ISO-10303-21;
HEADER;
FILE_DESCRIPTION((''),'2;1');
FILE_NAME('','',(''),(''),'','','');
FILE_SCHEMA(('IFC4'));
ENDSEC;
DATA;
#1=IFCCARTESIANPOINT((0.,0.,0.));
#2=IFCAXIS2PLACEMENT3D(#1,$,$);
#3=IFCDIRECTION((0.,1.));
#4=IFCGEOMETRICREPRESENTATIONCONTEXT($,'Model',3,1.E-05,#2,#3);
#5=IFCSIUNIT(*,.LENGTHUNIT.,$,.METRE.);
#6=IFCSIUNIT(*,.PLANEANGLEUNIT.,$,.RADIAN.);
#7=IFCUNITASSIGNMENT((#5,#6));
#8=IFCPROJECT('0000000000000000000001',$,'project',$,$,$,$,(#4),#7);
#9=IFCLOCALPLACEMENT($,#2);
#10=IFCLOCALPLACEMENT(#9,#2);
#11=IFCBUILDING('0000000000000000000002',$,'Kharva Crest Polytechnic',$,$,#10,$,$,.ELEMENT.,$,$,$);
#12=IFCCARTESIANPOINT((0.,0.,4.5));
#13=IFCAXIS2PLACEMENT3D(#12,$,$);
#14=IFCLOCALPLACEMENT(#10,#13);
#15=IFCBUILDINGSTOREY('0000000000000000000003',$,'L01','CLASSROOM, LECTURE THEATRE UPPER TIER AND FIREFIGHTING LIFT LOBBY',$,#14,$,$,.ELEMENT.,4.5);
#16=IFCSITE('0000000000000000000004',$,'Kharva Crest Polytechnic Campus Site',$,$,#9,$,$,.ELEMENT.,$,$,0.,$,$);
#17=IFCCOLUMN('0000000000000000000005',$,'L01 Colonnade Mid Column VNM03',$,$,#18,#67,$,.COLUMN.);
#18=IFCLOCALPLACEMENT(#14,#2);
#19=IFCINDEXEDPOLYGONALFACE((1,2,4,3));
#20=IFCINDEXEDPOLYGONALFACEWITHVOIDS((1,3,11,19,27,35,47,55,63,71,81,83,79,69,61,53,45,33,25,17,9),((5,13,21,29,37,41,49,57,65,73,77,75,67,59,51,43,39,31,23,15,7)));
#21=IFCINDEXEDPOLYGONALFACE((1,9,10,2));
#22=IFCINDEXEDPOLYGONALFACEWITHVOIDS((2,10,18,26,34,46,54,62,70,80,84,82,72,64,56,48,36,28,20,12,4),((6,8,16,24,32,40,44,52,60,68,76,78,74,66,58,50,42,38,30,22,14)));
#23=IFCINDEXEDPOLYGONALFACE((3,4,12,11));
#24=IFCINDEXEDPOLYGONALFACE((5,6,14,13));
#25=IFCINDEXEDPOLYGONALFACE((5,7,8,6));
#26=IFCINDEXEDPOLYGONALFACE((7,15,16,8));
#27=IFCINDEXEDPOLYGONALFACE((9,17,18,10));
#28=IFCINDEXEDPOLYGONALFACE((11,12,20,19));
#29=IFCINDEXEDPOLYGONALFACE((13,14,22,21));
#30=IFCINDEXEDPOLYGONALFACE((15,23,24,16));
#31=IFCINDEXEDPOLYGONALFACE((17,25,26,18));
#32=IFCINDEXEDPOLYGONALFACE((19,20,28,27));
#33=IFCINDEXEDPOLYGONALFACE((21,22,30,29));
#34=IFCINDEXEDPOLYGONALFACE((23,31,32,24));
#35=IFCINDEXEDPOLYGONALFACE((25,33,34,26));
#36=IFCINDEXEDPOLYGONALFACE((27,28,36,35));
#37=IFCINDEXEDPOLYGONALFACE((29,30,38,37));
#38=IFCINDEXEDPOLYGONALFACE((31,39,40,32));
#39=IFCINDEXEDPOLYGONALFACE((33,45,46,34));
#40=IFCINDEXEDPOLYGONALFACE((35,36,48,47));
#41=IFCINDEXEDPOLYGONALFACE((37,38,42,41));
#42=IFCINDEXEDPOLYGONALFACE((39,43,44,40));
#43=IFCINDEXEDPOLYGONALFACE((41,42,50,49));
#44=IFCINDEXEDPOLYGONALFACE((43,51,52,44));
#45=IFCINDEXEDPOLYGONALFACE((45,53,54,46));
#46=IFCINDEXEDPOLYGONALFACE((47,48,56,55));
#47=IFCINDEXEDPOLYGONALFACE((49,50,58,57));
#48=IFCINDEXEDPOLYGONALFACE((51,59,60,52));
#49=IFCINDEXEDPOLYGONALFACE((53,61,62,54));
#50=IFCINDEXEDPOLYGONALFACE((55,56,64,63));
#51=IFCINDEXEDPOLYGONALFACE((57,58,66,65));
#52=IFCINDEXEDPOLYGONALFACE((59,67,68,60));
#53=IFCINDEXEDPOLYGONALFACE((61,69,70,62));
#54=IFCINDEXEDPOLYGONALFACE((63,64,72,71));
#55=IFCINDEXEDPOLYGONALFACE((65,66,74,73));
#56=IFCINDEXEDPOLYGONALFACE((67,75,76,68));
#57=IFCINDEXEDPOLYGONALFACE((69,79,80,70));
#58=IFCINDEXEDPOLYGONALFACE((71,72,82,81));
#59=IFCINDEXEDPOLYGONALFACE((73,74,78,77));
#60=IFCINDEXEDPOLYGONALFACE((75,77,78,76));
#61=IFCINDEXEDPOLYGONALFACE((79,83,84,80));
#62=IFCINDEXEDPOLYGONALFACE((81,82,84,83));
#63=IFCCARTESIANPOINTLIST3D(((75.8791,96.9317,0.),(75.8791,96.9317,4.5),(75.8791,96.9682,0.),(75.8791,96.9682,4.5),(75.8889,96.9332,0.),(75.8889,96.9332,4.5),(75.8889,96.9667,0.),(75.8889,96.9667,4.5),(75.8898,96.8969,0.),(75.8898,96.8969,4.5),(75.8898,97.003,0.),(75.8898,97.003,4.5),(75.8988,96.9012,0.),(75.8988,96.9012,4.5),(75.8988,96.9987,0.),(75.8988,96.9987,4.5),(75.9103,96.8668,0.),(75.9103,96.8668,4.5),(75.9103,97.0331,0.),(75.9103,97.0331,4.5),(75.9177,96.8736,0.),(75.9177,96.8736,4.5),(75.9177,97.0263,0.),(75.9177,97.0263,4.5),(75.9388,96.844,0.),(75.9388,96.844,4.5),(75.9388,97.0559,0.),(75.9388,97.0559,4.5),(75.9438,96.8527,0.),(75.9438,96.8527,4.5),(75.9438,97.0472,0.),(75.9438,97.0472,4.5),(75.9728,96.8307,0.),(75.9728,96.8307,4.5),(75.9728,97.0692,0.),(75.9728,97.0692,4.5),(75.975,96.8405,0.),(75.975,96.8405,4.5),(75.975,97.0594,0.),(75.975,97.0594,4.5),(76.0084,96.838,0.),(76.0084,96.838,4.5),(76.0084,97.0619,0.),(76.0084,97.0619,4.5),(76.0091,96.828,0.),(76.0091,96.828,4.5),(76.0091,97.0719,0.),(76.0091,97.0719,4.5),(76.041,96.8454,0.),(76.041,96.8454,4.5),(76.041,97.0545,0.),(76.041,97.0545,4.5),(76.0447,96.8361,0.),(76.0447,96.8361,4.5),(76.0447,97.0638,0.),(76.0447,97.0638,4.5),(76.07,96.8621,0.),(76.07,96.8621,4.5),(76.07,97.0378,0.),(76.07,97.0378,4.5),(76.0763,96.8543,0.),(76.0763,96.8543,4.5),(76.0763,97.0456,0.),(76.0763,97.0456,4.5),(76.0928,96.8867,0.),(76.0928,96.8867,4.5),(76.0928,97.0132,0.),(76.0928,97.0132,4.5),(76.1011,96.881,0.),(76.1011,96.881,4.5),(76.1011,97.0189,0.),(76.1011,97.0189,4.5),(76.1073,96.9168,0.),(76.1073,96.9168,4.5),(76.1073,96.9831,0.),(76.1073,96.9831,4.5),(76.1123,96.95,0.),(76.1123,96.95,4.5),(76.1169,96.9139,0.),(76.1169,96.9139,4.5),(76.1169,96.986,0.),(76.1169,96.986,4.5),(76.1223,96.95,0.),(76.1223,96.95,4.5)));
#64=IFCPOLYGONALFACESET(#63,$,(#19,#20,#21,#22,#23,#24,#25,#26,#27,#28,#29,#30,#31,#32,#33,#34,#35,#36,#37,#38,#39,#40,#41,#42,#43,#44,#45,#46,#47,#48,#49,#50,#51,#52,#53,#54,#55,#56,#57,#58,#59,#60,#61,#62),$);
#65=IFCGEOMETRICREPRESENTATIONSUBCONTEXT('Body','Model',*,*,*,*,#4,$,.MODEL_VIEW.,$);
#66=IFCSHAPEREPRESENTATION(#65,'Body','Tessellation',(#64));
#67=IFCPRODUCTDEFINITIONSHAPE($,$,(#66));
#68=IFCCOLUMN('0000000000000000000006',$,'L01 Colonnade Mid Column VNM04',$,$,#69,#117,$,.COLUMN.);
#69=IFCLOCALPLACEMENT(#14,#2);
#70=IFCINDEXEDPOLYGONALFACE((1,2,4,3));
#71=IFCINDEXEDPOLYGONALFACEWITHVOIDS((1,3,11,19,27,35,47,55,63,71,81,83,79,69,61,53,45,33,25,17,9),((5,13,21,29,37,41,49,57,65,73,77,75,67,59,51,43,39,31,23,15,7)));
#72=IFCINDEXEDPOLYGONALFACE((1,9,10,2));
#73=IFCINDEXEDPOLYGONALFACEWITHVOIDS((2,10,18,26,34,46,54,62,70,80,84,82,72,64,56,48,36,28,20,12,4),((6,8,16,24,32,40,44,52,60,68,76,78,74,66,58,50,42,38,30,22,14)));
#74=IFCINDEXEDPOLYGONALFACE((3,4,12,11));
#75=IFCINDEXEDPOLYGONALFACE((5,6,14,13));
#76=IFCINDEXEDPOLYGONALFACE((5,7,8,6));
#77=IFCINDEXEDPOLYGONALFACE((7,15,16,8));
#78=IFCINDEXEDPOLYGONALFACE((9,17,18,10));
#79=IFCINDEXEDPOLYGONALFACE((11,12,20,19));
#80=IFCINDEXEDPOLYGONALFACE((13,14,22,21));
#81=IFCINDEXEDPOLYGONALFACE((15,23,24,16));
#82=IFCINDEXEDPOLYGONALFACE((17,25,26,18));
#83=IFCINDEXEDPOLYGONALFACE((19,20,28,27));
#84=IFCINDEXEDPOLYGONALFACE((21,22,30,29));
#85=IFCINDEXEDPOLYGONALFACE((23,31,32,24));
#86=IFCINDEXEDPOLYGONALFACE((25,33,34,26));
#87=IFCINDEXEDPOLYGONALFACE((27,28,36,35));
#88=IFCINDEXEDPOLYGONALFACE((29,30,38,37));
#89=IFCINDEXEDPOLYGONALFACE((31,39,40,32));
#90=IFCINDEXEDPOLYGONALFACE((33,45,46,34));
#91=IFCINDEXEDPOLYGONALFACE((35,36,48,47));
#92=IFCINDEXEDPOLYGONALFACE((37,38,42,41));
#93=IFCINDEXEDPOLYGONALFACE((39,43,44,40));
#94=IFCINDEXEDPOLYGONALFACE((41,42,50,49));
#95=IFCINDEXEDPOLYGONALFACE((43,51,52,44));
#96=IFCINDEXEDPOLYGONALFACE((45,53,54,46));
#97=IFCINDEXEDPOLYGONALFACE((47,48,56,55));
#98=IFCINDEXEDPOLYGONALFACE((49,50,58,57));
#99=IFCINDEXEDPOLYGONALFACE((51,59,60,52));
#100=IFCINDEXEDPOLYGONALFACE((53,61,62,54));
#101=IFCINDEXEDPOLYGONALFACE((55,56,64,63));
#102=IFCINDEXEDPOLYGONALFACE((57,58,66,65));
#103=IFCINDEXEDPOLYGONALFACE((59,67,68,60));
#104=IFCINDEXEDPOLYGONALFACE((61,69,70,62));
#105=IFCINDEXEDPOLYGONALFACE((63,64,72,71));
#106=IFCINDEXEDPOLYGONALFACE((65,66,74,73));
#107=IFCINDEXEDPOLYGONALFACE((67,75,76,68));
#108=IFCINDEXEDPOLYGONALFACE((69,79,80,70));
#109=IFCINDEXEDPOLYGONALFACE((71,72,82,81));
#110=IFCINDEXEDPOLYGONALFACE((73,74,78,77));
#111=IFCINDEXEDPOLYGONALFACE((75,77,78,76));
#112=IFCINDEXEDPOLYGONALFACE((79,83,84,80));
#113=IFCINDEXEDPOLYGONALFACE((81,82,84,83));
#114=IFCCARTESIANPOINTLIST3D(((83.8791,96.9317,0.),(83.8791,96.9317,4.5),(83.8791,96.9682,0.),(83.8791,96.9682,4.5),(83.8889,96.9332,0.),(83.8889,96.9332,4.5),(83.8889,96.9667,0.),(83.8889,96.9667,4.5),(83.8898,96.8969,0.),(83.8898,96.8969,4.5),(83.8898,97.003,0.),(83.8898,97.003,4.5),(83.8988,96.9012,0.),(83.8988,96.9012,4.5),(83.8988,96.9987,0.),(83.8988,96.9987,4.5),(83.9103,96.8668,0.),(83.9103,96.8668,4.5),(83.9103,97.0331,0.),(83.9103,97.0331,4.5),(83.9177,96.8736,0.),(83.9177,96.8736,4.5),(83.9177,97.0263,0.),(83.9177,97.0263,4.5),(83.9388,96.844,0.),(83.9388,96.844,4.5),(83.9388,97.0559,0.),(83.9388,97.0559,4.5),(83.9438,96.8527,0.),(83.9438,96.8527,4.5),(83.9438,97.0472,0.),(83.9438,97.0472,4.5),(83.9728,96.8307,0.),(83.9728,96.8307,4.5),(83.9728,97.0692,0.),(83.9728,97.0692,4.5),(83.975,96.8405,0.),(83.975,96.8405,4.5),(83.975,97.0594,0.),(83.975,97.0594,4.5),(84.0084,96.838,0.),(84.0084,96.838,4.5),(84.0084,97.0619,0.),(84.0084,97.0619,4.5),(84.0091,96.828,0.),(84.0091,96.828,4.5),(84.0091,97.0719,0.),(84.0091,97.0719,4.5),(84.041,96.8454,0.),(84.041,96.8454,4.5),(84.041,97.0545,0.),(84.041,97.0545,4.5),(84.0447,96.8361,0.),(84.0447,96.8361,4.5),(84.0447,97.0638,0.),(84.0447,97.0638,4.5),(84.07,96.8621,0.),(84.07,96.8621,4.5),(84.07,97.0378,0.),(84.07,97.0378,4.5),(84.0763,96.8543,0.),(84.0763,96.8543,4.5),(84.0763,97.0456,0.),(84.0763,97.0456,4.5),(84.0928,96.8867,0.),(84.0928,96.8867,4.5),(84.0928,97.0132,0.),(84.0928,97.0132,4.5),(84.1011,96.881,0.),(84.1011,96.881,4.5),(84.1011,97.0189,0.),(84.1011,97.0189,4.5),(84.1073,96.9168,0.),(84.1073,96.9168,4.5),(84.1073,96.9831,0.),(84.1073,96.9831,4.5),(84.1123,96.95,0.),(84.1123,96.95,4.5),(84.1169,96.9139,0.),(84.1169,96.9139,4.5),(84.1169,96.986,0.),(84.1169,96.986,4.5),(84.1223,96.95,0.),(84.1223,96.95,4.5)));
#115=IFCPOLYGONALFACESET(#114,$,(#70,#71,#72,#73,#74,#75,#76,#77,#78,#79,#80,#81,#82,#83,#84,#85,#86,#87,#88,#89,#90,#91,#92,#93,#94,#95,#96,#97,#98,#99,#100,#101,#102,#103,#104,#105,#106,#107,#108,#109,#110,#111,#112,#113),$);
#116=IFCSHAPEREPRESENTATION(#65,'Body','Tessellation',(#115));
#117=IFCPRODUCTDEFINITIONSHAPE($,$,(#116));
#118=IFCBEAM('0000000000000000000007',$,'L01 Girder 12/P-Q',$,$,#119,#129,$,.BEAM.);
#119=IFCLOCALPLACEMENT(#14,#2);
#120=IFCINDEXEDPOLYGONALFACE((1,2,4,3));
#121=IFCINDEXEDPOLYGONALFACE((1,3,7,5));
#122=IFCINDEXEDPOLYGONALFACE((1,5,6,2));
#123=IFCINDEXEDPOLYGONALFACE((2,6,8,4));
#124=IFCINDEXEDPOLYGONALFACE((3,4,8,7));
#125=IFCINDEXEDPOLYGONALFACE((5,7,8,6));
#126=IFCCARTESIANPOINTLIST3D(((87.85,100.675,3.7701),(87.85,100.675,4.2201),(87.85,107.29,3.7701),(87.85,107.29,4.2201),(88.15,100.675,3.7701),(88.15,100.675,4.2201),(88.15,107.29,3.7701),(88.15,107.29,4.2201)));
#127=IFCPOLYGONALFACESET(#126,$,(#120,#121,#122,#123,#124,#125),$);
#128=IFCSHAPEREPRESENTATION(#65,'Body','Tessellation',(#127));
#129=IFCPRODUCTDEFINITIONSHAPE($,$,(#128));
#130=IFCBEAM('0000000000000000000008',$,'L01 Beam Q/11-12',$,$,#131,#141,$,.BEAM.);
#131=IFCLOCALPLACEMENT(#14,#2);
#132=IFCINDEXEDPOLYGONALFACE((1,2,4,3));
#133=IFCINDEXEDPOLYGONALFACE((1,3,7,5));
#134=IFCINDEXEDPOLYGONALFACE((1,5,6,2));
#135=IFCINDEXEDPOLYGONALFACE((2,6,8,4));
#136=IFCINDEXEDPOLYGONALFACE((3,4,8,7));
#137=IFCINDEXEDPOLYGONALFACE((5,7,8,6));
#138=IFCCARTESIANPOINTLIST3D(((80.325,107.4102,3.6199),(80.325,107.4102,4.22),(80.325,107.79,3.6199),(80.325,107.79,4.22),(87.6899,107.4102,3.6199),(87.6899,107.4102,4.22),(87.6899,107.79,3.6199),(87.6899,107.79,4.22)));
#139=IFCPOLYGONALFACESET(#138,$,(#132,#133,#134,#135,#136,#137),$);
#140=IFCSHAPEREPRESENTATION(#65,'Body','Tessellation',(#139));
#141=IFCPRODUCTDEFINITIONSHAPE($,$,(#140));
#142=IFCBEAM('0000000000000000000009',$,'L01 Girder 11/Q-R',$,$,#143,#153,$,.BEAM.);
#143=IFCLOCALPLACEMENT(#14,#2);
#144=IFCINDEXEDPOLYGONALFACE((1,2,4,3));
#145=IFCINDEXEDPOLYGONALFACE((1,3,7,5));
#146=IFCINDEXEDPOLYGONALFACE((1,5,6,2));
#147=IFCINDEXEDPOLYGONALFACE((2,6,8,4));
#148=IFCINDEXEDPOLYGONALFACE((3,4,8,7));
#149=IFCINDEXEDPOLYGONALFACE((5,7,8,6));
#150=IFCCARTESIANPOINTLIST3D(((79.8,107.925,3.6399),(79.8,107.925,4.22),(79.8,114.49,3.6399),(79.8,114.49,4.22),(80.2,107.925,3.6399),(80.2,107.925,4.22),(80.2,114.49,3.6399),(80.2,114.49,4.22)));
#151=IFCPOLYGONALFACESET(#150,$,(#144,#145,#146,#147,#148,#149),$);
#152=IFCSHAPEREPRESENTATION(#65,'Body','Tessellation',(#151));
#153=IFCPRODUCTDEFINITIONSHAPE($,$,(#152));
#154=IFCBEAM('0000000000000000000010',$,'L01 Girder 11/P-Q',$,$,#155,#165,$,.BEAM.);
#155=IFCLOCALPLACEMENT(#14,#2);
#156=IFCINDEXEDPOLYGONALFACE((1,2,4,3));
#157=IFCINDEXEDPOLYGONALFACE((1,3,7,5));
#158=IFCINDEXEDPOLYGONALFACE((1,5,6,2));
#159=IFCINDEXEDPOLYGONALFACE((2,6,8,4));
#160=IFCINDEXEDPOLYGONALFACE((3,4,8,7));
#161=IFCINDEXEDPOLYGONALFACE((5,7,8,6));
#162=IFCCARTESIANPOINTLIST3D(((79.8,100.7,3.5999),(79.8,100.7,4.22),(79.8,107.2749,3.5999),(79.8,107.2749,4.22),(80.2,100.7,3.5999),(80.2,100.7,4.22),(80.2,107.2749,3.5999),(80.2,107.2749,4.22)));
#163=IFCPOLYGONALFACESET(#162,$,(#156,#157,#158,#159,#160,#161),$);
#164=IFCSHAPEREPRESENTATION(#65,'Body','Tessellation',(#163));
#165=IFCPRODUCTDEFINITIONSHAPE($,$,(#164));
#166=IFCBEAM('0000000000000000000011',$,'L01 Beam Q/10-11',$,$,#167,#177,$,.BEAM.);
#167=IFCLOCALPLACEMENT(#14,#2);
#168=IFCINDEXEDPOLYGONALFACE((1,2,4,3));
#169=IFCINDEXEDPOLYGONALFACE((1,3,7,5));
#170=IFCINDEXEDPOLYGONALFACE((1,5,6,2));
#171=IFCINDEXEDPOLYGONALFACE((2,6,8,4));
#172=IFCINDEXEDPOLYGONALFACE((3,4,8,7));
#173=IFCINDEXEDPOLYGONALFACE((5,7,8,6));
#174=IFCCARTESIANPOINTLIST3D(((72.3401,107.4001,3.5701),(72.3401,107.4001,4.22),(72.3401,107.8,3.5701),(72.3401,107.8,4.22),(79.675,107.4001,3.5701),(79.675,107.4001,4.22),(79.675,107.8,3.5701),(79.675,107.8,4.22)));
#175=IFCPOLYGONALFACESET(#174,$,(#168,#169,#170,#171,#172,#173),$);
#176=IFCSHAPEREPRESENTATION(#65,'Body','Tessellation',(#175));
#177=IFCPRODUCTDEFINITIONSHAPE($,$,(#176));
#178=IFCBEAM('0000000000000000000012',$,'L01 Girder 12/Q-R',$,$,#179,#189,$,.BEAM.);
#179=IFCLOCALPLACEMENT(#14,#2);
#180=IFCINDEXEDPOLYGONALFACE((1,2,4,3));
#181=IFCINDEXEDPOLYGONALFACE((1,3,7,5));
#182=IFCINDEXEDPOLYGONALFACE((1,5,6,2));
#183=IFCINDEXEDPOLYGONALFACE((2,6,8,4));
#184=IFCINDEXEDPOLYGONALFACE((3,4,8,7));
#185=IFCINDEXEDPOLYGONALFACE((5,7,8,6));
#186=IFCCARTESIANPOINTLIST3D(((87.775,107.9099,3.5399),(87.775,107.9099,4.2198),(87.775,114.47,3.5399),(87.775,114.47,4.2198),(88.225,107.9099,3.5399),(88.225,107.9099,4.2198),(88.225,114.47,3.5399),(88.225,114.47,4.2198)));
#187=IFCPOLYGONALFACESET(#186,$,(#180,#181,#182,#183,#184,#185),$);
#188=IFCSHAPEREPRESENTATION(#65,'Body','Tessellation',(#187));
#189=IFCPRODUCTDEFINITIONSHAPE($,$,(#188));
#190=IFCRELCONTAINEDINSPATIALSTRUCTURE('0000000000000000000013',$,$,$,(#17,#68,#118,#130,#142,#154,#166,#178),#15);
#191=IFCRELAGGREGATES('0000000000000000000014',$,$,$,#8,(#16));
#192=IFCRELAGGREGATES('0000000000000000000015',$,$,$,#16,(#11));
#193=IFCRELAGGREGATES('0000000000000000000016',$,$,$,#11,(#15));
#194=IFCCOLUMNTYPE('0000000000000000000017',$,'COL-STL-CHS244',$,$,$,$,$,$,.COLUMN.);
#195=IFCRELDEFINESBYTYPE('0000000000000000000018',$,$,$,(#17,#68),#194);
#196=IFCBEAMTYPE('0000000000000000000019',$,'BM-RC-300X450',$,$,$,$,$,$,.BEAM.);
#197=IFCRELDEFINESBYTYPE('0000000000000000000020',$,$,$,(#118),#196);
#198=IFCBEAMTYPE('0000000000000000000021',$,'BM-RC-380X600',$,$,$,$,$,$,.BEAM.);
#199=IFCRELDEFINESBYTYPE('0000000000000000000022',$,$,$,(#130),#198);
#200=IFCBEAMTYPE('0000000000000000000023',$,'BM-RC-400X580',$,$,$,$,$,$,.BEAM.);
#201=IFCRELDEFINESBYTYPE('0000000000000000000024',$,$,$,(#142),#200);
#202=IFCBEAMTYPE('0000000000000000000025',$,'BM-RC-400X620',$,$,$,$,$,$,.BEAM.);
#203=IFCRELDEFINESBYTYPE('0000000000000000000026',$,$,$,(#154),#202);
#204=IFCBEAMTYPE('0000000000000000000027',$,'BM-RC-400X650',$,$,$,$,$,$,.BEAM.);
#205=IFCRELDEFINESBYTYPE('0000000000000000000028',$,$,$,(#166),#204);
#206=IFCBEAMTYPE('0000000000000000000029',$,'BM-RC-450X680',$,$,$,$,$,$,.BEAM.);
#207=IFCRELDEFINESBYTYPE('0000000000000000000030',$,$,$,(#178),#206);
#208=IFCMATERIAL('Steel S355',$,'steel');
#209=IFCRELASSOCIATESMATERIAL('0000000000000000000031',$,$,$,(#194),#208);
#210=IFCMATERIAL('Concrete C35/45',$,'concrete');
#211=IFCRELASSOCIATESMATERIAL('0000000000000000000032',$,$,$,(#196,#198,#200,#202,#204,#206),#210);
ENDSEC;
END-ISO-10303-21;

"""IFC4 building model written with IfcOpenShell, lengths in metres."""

from ifc_helpers import new_model, si_unit, direction, frame, origin, origin_2d, place, context, subcontext, project, spatial, rectangle, hollow_circle, extrude, material, material_profile, profile_set, type_object, element, save


model = new_model("IFC4")

# Units and contexts
model_context = context("Model", 3, precision=1e-05, world=origin(), true_north=direction((0.0, 1.0)))
body_context = subcontext(model_context, "Body", "Model", "MODEL_VIEW")
ifc_project = project(units=[si_unit("LENGTHUNIT", "METRE"), si_unit("PLANEANGLEUNIT", "RADIAN")], contexts=[model_context])

# Site, building, storey
site_placement = place(None, origin())
site = spatial("IfcSite", under=ifc_project, at=site_placement, Name="Kharva Crest Polytechnic Campus Site", CompositionType="ELEMENT", RefElevation=0.0)
building_placement = place(site_placement, origin())
building = spatial("IfcBuilding", under=site, at=building_placement, Name="Kharva Crest Polytechnic", CompositionType="ELEMENT")
storey_placement = place(building_placement, frame((0.0, 0.0, 4.5)))
storey = spatial("IfcBuildingStorey", under=building, at=storey_placement, Name="L01", Description="CLASSROOM, LECTURE THEATRE UPPER TIER AND FIREFIGHTING LIFT LOBBY", CompositionType="ELEMENT", Elevation=4.5)

# Columns
ifc_material_1 = material(Name="Steel S355", Category="steel")
ifc_material_profile_1 = material_profile(ifc_material_1, hollow_circle(Radius=0.1223, WallThickness=0.01, at=origin_2d()), Name="CHS 244.5X10.0")
ifc_profile_set_1 = profile_set([ifc_material_profile_1], Name="Steel S355")
column_type_1 = type_object("IfcColumnType", Name="COL-STL-CHS244", PredefinedType="COLUMN", material=ifc_profile_set_1)
for number, where, z_axis, x_axis, name in (
    (1, (76.0, 96.95, 0.0), (0.0, 0.0, 1.0), (1.0, 0.0, 0.0), "L01 Colonnade Mid Column VNM03"),
    (2, (84.0, 96.95, 0.0), (0.0, 0.0, 1.0), (1.0, 0.0, 0.0), "L01 Colonnade Mid Column VNM04"),
):
    element("IfcColumn", number, at=place(storey_placement, frame(where, z_axis=z_axis, x_axis=x_axis)), inside=storey, type_object=column_type_1, Name=name, PredefinedType="COLUMN", context=body_context, shape_type="SweptSolid", body=[
        extrude(hollow_circle(Radius=0.1223, WallThickness=0.01, at=origin_2d()), origin(), (0.0, 0.0, 1.0), 4.5),
    ])

# Beams
ifc_material_2 = material(Name="Concrete C35/45", Category="concrete")
ifc_material_profile_2 = material_profile(ifc_material_2, rectangle(XDim=0.3, YDim=0.45, at=origin_2d()), Name="RECT 300 X 450")
ifc_profile_set_2 = profile_set([ifc_material_profile_2], Name="Concrete C35/45")
beam_type_1 = type_object("IfcBeamType", Name="BM-RC-300X450", PredefinedType="BEAM", material=ifc_profile_set_2)
beam_1_placement = place(storey_placement, frame((88.0, 100.675, 3.9951), z_axis=(0.0, 1.0, 0.0), x_axis=(-1.0, 0.0, 0.0)))
element("IfcBeam", 3, at=beam_1_placement, inside=storey, type_object=beam_type_1, Name="L01 Girder 12/P-Q", PredefinedType="BEAM", context=body_context, shape_type="SweptSolid", body=[
    extrude(rectangle(XDim=0.3, YDim=0.45, at=origin_2d()), origin(), (0.0, 0.0, 1.0), 6.615),
])
ifc_material_profile_3 = material_profile(ifc_material_2, rectangle(XDim=0.3799, YDim=0.6001, at=origin_2d()), Name="RECT 380 X 600")
ifc_profile_set_3 = profile_set([ifc_material_profile_3], Name="Concrete C35/45")
beam_type_2 = type_object("IfcBeamType", Name="BM-RC-380X600", PredefinedType="BEAM", material=ifc_profile_set_3)
beam_2_placement = place(storey_placement, frame((80.325, 107.6001, 3.9199), z_axis=(1.0, 0.0, 0.0), x_axis=(0.0, 1.0, 0.0)))
element("IfcBeam", 4, at=beam_2_placement, inside=storey, type_object=beam_type_2, Name="L01 Beam Q/11-12", PredefinedType="BEAM", context=body_context, shape_type="SweptSolid", body=[
    extrude(rectangle(XDim=0.3799, YDim=0.6001, at=origin_2d()), origin(), (0.0, 0.0, 1.0), 7.365),
])
ifc_material_profile_4 = material_profile(ifc_material_2, rectangle(XDim=0.3999, YDim=0.5801, at=origin_2d()), Name="RECT 400 X 580")
ifc_profile_set_4 = profile_set([ifc_material_profile_4], Name="Concrete C35/45")
beam_type_3 = type_object("IfcBeamType", Name="BM-RC-400X580", PredefinedType="BEAM", material=ifc_profile_set_4)
beam_3_placement = place(storey_placement, frame((80.0, 107.925, 3.9299), z_axis=(0.0, 1.0, 0.0), x_axis=(-1.0, 0.0, 0.0)))
element("IfcBeam", 5, at=beam_3_placement, inside=storey, type_object=beam_type_3, Name="L01 Girder 11/Q-R", PredefinedType="BEAM", context=body_context, shape_type="SweptSolid", body=[
    extrude(rectangle(XDim=0.3999, YDim=0.5801, at=origin_2d()), origin(), (0.0, 0.0, 1.0), 6.5649),
])
ifc_material_profile_5 = material_profile(ifc_material_2, rectangle(XDim=0.3999, YDim=0.6201, at=origin_2d()), Name="RECT 400 X 620")
ifc_profile_set_5 = profile_set([ifc_material_profile_5], Name="Concrete C35/45")
beam_type_4 = type_object("IfcBeamType", Name="BM-RC-400X620", PredefinedType="BEAM", material=ifc_profile_set_5)
beam_4_placement = place(storey_placement, frame((80.0, 100.7, 3.9099), z_axis=(0.0, 1.0, 0.0), x_axis=(-1.0, 0.0, 0.0)))
element("IfcBeam", 6, at=beam_4_placement, inside=storey, type_object=beam_type_4, Name="L01 Girder 11/P-Q", PredefinedType="BEAM", context=body_context, shape_type="SweptSolid", body=[
    extrude(rectangle(XDim=0.3999, YDim=0.6201, at=origin_2d()), origin(), (0.0, 0.0, 1.0), 6.575),
])
ifc_material_profile_6 = material_profile(ifc_material_2, rectangle(XDim=0.3999, YDim=0.6499, at=origin_2d()), Name="RECT 400 X 650")
ifc_profile_set_6 = profile_set([ifc_material_profile_6], Name="Concrete C35/45")
beam_type_5 = type_object("IfcBeamType", Name="BM-RC-400X650", PredefinedType="BEAM", material=ifc_profile_set_6)
beam_5_placement = place(storey_placement, frame((72.3401, 107.6001, 3.895), z_axis=(1.0, 0.0, 0.0), x_axis=(0.0, 1.0, 0.0)))
element("IfcBeam", 7, at=beam_5_placement, inside=storey, type_object=beam_type_5, Name="L01 Beam Q/10-11", PredefinedType="BEAM", context=body_context, shape_type="SweptSolid", body=[
    extrude(rectangle(XDim=0.3999, YDim=0.6499, at=origin_2d()), origin(), (0.0, 0.0, 1.0), 7.335),
])
ifc_material_profile_7 = material_profile(ifc_material_2, rectangle(XDim=0.45, YDim=0.6799, at=origin_2d()), Name="RECT 450 X 680")
ifc_profile_set_7 = profile_set([ifc_material_profile_7], Name="Concrete C35/45")
beam_type_6 = type_object("IfcBeamType", Name="BM-RC-450X680", PredefinedType="BEAM", material=ifc_profile_set_7)
beam_6_placement = place(storey_placement, frame((88.0, 107.9099, 3.8799), z_axis=(0.0, 1.0, 0.0), x_axis=(-1.0, 0.0, 0.0)))
element("IfcBeam", 8, at=beam_6_placement, inside=storey, type_object=beam_type_6, Name="L01 Girder 12/Q-R", PredefinedType="BEAM", context=body_context, shape_type="SweptSolid", body=[
    extrude(rectangle(XDim=0.45, YDim=0.6799, at=origin_2d()), origin(), (0.0, 0.0, 1.0), 6.5601),
])

save(model, "model.ifc")
